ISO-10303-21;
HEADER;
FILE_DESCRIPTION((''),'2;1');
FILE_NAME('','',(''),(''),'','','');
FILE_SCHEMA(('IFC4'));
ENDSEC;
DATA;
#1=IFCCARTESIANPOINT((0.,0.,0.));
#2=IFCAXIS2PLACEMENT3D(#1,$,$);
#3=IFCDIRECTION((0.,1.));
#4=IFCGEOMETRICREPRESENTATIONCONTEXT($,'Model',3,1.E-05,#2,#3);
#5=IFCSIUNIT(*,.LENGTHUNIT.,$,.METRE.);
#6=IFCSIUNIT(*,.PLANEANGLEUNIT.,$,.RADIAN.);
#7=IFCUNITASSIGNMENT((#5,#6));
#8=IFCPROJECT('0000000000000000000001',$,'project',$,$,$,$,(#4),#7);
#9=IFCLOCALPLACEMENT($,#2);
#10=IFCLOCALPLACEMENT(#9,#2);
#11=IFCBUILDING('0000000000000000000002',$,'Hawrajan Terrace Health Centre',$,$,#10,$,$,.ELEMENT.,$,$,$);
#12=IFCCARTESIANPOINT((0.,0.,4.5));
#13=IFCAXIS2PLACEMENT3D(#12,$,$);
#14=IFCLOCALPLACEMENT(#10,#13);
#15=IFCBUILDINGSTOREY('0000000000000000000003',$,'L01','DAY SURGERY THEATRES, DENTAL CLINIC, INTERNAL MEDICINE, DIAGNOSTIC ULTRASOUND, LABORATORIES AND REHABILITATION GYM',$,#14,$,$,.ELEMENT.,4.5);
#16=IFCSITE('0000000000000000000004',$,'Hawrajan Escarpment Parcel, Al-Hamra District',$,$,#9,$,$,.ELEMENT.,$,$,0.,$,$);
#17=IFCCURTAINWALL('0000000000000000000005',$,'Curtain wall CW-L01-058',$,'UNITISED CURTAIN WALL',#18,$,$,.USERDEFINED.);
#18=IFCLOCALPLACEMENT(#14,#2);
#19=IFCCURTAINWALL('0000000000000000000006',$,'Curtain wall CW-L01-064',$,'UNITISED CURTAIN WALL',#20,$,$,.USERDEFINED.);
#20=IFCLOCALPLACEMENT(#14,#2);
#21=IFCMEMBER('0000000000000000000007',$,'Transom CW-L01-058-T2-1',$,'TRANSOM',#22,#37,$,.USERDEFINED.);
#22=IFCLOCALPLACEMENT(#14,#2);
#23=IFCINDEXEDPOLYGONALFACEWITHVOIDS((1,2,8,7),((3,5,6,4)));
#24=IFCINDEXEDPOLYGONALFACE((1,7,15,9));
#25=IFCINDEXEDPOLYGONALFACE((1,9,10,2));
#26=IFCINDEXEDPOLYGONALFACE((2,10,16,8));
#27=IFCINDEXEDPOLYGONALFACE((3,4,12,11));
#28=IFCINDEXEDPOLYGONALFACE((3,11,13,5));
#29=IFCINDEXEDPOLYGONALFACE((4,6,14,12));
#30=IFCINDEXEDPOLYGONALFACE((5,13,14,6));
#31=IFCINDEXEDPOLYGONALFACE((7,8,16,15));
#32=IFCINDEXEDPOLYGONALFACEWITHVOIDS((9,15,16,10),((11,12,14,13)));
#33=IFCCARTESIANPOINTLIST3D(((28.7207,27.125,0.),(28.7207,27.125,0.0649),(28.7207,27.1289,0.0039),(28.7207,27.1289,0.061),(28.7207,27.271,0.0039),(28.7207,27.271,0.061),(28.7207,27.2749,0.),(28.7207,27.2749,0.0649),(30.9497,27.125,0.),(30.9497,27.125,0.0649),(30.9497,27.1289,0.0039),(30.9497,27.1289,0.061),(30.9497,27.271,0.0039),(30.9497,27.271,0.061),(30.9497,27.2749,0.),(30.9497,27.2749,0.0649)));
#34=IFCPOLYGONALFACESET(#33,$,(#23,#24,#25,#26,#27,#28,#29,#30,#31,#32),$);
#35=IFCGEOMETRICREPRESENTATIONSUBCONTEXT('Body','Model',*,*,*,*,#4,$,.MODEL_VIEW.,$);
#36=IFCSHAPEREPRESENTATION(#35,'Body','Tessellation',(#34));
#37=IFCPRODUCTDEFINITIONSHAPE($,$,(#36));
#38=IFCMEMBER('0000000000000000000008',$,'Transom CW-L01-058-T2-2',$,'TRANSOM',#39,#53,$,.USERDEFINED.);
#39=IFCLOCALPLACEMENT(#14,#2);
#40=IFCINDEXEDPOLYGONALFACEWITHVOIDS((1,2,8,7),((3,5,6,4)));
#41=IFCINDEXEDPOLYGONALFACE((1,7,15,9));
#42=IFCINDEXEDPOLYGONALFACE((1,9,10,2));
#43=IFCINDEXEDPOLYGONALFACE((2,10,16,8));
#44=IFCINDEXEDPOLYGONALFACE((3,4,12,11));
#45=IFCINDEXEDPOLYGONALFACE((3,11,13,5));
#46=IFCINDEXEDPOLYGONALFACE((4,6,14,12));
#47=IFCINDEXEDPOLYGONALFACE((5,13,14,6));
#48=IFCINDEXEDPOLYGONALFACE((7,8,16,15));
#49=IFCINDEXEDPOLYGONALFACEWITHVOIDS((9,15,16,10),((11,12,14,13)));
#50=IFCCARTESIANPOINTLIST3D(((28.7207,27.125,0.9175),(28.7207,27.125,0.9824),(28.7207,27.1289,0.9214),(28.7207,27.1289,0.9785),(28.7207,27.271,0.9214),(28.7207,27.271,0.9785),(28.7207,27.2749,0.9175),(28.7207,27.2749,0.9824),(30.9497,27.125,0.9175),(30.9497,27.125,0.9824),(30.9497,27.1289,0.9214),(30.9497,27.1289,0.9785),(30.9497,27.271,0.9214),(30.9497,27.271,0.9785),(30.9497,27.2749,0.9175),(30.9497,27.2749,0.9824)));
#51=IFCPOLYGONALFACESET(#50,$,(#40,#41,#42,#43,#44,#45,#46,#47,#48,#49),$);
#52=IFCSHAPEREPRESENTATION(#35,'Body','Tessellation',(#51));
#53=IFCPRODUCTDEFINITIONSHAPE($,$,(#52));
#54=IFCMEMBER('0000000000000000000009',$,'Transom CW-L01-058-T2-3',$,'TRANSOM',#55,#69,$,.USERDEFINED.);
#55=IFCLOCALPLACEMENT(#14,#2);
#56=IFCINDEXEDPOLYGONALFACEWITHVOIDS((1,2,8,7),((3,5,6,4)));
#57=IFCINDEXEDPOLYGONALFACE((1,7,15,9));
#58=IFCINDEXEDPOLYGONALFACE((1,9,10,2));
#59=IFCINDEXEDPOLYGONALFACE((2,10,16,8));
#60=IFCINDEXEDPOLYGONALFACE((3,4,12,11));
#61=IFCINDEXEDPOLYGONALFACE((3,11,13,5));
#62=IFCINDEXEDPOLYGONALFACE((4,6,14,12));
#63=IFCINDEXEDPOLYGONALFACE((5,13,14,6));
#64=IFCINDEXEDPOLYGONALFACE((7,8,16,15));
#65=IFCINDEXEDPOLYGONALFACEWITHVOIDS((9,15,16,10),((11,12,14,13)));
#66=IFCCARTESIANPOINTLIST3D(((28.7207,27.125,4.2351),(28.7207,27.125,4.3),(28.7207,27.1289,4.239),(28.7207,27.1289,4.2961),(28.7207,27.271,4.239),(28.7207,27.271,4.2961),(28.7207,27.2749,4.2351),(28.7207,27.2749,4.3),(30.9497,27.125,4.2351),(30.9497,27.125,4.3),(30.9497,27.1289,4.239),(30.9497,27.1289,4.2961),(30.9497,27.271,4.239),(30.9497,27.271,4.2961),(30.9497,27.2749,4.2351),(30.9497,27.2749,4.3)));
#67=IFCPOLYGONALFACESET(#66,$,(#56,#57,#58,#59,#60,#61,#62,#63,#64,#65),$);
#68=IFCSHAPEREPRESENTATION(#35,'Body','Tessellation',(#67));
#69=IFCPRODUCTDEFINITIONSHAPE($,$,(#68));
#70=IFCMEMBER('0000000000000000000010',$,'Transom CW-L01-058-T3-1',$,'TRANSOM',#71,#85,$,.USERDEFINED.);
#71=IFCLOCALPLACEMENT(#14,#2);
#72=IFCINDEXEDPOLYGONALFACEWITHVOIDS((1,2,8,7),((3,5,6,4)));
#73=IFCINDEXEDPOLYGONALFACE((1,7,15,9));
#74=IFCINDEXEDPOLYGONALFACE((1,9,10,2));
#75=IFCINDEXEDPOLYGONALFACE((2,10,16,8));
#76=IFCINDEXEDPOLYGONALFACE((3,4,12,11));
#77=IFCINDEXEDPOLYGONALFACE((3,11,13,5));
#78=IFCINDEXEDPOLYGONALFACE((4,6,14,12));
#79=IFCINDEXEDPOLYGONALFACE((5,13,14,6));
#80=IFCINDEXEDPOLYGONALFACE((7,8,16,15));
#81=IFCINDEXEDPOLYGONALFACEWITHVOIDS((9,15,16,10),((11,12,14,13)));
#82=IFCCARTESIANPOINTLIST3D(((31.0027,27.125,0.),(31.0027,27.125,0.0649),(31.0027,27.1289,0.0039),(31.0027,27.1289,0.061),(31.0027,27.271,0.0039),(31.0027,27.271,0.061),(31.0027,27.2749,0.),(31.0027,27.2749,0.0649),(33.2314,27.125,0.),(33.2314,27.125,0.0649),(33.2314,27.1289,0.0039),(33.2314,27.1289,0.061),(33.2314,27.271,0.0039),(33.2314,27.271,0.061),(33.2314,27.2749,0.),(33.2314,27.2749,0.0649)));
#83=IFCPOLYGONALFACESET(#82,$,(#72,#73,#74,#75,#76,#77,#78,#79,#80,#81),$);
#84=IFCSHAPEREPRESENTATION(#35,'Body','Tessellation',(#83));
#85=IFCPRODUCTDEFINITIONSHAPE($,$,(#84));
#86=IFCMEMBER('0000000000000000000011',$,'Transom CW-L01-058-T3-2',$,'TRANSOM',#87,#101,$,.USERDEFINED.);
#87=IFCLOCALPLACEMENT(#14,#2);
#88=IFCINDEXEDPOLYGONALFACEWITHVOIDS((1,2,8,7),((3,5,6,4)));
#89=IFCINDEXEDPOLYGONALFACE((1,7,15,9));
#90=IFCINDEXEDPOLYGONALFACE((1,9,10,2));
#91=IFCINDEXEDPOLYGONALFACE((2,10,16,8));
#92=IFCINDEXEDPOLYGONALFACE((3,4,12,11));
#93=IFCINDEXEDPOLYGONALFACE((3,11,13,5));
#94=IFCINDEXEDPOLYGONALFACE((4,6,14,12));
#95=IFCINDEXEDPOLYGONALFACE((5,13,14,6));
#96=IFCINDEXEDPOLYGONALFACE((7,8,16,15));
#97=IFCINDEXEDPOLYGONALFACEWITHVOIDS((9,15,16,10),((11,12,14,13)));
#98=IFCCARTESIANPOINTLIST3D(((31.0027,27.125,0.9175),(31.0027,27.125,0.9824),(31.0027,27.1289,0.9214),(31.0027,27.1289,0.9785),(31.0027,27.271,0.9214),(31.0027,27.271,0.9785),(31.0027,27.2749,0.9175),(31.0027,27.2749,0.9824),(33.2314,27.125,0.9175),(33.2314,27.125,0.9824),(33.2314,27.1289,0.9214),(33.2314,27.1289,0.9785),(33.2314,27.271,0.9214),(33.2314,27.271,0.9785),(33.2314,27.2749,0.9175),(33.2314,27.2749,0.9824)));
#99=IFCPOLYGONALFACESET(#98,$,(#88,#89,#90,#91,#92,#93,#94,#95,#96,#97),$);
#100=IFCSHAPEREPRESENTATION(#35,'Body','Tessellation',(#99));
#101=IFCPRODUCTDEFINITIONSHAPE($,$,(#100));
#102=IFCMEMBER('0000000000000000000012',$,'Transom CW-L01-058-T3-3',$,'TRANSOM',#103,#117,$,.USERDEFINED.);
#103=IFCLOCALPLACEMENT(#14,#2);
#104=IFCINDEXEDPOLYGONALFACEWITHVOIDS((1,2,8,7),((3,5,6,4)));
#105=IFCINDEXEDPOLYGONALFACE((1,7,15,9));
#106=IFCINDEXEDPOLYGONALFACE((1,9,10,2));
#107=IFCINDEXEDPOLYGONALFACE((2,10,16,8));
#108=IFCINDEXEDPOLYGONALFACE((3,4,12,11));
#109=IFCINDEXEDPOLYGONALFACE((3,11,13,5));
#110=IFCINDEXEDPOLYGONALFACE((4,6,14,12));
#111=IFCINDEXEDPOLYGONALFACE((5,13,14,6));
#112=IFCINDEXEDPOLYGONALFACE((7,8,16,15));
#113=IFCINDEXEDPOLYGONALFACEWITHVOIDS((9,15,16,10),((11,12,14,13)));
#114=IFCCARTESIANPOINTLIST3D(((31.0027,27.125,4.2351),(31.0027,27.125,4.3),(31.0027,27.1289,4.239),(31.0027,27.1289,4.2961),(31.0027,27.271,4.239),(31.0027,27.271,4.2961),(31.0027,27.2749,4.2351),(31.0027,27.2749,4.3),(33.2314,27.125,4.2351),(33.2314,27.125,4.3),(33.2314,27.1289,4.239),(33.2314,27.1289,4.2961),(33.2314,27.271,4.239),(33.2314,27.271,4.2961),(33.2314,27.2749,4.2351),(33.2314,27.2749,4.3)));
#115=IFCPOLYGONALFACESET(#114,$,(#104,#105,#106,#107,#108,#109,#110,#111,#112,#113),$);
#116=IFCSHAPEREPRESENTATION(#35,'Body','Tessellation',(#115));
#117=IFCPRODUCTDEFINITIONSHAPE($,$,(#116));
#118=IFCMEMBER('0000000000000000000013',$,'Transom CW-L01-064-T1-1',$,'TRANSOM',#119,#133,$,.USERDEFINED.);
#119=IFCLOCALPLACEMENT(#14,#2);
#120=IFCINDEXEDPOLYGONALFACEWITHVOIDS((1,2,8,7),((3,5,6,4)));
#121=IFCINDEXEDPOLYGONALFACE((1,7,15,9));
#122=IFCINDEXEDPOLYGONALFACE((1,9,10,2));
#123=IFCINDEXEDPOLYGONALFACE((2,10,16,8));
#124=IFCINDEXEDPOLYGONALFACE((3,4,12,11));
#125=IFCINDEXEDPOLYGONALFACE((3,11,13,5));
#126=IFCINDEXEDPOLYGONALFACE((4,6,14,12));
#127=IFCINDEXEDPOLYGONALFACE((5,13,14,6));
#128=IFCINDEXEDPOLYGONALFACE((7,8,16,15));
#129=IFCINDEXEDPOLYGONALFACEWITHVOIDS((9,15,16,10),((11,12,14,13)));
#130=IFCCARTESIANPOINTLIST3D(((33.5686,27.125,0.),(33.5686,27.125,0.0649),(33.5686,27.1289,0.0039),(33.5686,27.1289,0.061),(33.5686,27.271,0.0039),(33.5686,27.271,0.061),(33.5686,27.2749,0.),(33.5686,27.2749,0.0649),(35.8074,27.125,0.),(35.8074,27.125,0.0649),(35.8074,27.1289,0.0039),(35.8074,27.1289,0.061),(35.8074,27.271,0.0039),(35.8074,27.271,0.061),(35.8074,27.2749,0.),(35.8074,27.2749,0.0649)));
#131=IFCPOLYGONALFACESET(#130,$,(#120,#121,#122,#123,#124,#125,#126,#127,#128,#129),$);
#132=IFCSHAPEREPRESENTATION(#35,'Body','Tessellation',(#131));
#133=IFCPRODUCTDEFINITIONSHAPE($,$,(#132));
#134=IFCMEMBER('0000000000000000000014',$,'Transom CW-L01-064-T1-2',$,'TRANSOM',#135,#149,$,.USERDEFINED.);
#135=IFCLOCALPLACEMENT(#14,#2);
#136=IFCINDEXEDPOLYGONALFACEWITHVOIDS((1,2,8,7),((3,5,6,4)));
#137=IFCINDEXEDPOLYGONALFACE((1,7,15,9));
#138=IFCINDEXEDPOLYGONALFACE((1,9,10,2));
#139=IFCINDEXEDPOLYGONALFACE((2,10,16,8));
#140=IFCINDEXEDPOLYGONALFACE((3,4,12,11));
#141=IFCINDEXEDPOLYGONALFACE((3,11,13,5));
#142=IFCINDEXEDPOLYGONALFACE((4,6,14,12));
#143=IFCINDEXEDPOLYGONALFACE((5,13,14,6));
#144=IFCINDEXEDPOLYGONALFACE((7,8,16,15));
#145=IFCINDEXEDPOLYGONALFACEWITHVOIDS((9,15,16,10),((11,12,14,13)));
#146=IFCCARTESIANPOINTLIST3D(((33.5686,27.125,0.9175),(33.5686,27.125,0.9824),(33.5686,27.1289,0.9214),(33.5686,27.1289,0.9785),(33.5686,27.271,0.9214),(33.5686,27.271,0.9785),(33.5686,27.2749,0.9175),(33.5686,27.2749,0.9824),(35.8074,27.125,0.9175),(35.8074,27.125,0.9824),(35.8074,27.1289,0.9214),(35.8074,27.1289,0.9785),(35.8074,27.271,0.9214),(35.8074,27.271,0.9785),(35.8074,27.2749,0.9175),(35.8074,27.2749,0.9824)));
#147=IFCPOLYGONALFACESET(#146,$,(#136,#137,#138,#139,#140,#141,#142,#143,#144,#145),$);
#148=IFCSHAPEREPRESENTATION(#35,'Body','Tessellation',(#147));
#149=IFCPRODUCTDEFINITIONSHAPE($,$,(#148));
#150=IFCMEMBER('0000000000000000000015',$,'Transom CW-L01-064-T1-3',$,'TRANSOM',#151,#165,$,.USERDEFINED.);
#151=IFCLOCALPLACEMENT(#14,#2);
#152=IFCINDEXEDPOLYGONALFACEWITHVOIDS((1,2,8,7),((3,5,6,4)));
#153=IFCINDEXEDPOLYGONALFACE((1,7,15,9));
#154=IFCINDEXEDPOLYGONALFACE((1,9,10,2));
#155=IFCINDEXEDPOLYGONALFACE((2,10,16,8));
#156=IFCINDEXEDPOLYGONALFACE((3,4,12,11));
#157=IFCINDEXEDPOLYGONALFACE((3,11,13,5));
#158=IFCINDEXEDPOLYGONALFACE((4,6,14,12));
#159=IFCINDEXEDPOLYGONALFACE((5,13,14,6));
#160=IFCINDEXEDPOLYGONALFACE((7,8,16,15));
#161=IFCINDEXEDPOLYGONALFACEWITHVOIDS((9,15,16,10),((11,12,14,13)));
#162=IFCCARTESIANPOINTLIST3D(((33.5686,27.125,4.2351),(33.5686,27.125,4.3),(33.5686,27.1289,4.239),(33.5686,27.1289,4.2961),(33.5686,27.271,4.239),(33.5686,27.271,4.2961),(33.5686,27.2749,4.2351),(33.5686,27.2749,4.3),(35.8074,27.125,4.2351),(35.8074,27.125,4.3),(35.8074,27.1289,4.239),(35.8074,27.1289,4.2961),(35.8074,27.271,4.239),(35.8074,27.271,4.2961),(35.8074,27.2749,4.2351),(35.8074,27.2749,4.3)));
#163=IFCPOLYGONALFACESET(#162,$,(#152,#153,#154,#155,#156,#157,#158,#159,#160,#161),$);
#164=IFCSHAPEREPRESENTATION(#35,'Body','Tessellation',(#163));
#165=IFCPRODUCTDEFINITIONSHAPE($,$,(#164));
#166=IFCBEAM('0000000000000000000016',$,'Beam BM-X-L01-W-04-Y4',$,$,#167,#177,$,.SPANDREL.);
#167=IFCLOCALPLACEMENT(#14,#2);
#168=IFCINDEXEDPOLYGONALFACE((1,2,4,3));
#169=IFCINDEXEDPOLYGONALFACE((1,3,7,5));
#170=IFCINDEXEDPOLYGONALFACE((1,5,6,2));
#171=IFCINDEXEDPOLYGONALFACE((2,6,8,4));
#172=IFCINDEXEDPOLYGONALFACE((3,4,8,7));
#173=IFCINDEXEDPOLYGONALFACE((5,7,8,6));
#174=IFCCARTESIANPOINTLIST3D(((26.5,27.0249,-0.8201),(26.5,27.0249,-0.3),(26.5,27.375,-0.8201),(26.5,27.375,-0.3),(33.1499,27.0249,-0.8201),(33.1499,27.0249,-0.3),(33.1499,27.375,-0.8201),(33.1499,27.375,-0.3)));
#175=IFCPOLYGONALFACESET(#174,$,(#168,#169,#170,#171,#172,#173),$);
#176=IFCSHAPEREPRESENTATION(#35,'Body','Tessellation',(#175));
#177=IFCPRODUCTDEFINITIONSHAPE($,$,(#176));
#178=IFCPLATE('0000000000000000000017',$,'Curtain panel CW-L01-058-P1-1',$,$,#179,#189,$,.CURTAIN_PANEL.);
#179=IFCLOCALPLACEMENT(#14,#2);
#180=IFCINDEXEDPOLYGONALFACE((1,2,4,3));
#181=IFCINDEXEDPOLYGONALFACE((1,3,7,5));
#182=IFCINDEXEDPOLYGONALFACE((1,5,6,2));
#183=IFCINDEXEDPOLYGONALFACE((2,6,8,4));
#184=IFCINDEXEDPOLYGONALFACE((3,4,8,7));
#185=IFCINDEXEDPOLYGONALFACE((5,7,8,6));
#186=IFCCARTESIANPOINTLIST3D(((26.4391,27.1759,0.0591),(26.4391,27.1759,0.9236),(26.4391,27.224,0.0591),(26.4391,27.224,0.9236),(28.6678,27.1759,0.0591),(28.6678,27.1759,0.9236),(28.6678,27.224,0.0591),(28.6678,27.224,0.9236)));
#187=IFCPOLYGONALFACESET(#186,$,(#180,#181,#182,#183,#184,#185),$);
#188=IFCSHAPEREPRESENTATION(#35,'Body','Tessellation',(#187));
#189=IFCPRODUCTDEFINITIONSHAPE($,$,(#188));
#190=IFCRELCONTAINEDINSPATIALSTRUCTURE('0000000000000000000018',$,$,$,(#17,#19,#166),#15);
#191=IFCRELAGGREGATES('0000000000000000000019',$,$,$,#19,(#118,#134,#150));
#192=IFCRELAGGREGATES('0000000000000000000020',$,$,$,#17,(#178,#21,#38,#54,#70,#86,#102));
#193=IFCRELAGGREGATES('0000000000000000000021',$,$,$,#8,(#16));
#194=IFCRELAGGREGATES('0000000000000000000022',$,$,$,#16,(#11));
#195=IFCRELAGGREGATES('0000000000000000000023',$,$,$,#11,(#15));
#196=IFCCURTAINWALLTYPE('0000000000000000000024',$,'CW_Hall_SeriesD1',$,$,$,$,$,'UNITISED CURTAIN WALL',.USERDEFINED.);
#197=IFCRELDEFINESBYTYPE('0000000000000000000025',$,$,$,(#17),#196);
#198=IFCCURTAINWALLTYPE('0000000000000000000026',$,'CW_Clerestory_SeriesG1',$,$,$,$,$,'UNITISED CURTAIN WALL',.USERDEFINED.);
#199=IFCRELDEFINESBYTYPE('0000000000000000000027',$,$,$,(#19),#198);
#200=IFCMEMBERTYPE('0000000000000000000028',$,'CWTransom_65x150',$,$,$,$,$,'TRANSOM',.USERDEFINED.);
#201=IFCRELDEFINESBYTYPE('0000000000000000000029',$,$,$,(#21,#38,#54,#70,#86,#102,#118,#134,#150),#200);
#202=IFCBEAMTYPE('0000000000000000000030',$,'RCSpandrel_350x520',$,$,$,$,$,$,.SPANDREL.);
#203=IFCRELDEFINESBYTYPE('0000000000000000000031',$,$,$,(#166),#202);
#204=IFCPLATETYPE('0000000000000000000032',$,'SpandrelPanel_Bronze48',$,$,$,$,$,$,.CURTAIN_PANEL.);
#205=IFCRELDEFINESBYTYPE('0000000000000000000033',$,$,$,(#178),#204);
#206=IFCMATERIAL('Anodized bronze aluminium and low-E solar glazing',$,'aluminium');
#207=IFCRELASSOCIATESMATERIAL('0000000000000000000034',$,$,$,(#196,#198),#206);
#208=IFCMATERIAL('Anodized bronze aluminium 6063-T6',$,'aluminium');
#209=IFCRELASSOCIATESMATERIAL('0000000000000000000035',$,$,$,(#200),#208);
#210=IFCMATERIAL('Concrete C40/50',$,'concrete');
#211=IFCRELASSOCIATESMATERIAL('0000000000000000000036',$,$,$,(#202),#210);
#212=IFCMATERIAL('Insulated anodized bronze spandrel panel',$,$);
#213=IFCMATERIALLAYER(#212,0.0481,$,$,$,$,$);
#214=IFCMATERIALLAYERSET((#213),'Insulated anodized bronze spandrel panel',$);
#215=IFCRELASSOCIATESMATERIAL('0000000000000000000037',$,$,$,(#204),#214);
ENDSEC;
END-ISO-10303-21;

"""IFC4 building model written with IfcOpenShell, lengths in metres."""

from ifc_helpers import new_model, si_unit, direction, frame, origin, origin_2d, place, context, subcontext, project, spatial, rectangle, hollow_rectangle, extrude, material, layer, layer_set, material_profile, profile_set, type_object, element, aggregate, save


model = new_model("IFC4")

# Units and contexts
model_context = context("Model", 3, precision=1e-05, world=origin(), true_north=direction((0.0, 1.0)))
body_context = subcontext(model_context, "Body", "Model", "MODEL_VIEW")
ifc_project = project(units=[si_unit("LENGTHUNIT", "METRE"), si_unit("PLANEANGLEUNIT", "RADIAN")], contexts=[model_context])

# Site, building, storey
site_placement = place(None, origin())
site = spatial("IfcSite", under=ifc_project, at=site_placement, Name="Hawrajan Escarpment Parcel, Al-Hamra District", CompositionType="ELEMENT", RefElevation=0.0)
building_placement = place(site_placement, origin())
building = spatial("IfcBuilding", under=site, at=building_placement, Name="Hawrajan Terrace Health Centre", CompositionType="ELEMENT")
storey_placement = place(building_placement, frame((0.0, 0.0, 4.5)))
storey = spatial("IfcBuildingStorey", under=building, at=storey_placement, Name="L01", Description="DAY SURGERY THEATRES, DENTAL CLINIC, INTERNAL MEDICINE, DIAGNOSTIC ULTRASOUND, LABORATORIES AND REHABILITATION GYM", CompositionType="ELEMENT", Elevation=4.5)

# Shared definitions
ifc_material_1 = material(Name="Anodized bronze aluminium and low-E solar glazing", Category="aluminium")
ifc_material_2 = material(Name="Anodized bronze aluminium 6063-T6", Category="aluminium")

# Curtain wall
curtain_wall_type_1 = type_object("IfcCurtainWallType", Name="CW_Hall_SeriesD1", ElementType="UNITISED CURTAIN WALL", PredefinedType="USERDEFINED", material=ifc_material_1)
curtain_wall_1_placement = place(storey_placement, origin())
curtain_wall_1 = element("IfcCurtainWall", 1, at=curtain_wall_1_placement, inside=storey, type_object=curtain_wall_type_1, Name="Curtain wall CW-L01-058", ObjectType="UNITISED CURTAIN WALL", PredefinedType="USERDEFINED")

# Curtain wall
curtain_wall_type_2 = type_object("IfcCurtainWallType", Name="CW_Clerestory_SeriesG1", ElementType="UNITISED CURTAIN WALL", PredefinedType="USERDEFINED", material=ifc_material_1)
curtain_wall_2_placement = place(storey_placement, origin())
curtain_wall_2 = element("IfcCurtainWall", 2, at=curtain_wall_2_placement, inside=storey, type_object=curtain_wall_type_2, Name="Curtain wall CW-L01-064", ObjectType="UNITISED CURTAIN WALL", PredefinedType="USERDEFINED")

# Members
ifc_material_profile_1 = material_profile(ifc_material_2, hollow_rectangle(XDim=0.0649, YDim=0.1499, WallThickness=0.0039, at=origin_2d()), Name="CW TRN 65x150")
ifc_profile_set_1 = profile_set([ifc_material_profile_1], Name="Anodized bronze aluminium 6063-T6")
member_type_1 = type_object("IfcMemberType", Name="CWTransom_65x150", ElementType="TRANSOM", PredefinedType="USERDEFINED", material=ifc_profile_set_1)
member_1_placement = place(storey_placement, frame((28.7207, 27.2, 0.0325), z_axis=(1.0, 0.0, 0.0), x_axis=(0.0, 0.0, 1.0)))
member_1 = element("IfcMember", 3, at=member_1_placement, type_object=member_type_1, Name="Transom CW-L01-058-T2-1", ObjectType="TRANSOM", PredefinedType="USERDEFINED", context=body_context, shape_type="SweptSolid", body=[
    extrude(hollow_rectangle(XDim=0.0649, YDim=0.1499, WallThickness=0.0039, at=origin_2d()), origin(), (0.0, 0.0, 1.0), 2.229),
])
member_2_placement = place(storey_placement, frame((28.7207, 27.2, 0.95), z_axis=(1.0, 0.0, 0.0), x_axis=(0.0, 0.0, 1.0)))
member_2 = element("IfcMember", 4, at=member_2_placement, type_object=member_type_1, Name="Transom CW-L01-058-T2-2", ObjectType="TRANSOM", PredefinedType="USERDEFINED", context=body_context, shape_type="SweptSolid", body=[
    extrude(hollow_rectangle(XDim=0.0649, YDim=0.1499, WallThickness=0.0039, at=origin_2d()), origin(), (0.0, 0.0, 1.0), 2.229),
])
member_3_placement = place(storey_placement, frame((28.7207, 27.2, 4.2676), z_axis=(1.0, 0.0, 0.0), x_axis=(0.0, 0.0, 1.0)))
member_3 = element("IfcMember", 5, at=member_3_placement, type_object=member_type_1, Name="Transom CW-L01-058-T2-3", ObjectType="TRANSOM", PredefinedType="USERDEFINED", context=body_context, shape_type="SweptSolid", body=[
    extrude(hollow_rectangle(XDim=0.0649, YDim=0.1499, WallThickness=0.0039, at=origin_2d()), origin(), (0.0, 0.0, 1.0), 2.229),
])
member_4_placement = place(storey_placement, frame((31.0027, 27.2, 0.0325), z_axis=(1.0, 0.0, 0.0), x_axis=(0.0, 0.0, 1.0)))
member_4 = element("IfcMember", 6, at=member_4_placement, type_object=member_type_1, Name="Transom CW-L01-058-T3-1", ObjectType="TRANSOM", PredefinedType="USERDEFINED", context=body_context, shape_type="SweptSolid", body=[
    extrude(hollow_rectangle(XDim=0.0649, YDim=0.1499, WallThickness=0.0039, at=origin_2d()), origin(), (0.0, 0.0, 1.0), 2.2288),
])
member_5_placement = place(storey_placement, frame((31.0027, 27.2, 0.95), z_axis=(1.0, 0.0, 0.0), x_axis=(0.0, 0.0, 1.0)))
member_5 = element("IfcMember", 7, at=member_5_placement, type_object=member_type_1, Name="Transom CW-L01-058-T3-2", ObjectType="TRANSOM", PredefinedType="USERDEFINED", context=body_context, shape_type="SweptSolid", body=[
    extrude(hollow_rectangle(XDim=0.0649, YDim=0.1499, WallThickness=0.0039, at=origin_2d()), origin(), (0.0, 0.0, 1.0), 2.2288),
])
member_6_placement = place(storey_placement, frame((31.0027, 27.2, 4.2676), z_axis=(1.0, 0.0, 0.0), x_axis=(0.0, 0.0, 1.0)))
member_6 = element("IfcMember", 8, at=member_6_placement, type_object=member_type_1, Name="Transom CW-L01-058-T3-3", ObjectType="TRANSOM", PredefinedType="USERDEFINED", context=body_context, shape_type="SweptSolid", body=[
    extrude(hollow_rectangle(XDim=0.0649, YDim=0.1499, WallThickness=0.0039, at=origin_2d()), origin(), (0.0, 0.0, 1.0), 2.2288),
])
member_7_placement = place(storey_placement, frame((33.5686, 27.2, 0.0325), z_axis=(1.0, 0.0, 0.0), x_axis=(0.0, 0.0, 1.0)))
member_7 = element("IfcMember", 9, at=member_7_placement, type_object=member_type_1, Name="Transom CW-L01-064-T1-1", ObjectType="TRANSOM", PredefinedType="USERDEFINED", context=body_context, shape_type="SweptSolid", body=[
    extrude(hollow_rectangle(XDim=0.0649, YDim=0.1499, WallThickness=0.0039, at=origin_2d()), origin(), (0.0, 0.0, 1.0), 2.2388),
])
member_8_placement = place(storey_placement, frame((33.5686, 27.2, 0.95), z_axis=(1.0, 0.0, 0.0), x_axis=(0.0, 0.0, 1.0)))
member_8 = element("IfcMember", 10, at=member_8_placement, type_object=member_type_1, Name="Transom CW-L01-064-T1-2", ObjectType="TRANSOM", PredefinedType="USERDEFINED", context=body_context, shape_type="SweptSolid", body=[
    extrude(hollow_rectangle(XDim=0.0649, YDim=0.1499, WallThickness=0.0039, at=origin_2d()), origin(), (0.0, 0.0, 1.0), 2.2388),
])
member_9_placement = place(storey_placement, frame((33.5686, 27.2, 4.2676), z_axis=(1.0, 0.0, 0.0), x_axis=(0.0, 0.0, 1.0)))
member_9 = element("IfcMember", 11, at=member_9_placement, type_object=member_type_1, Name="Transom CW-L01-064-T1-3", ObjectType="TRANSOM", PredefinedType="USERDEFINED", context=body_context, shape_type="SweptSolid", body=[
    extrude(hollow_rectangle(XDim=0.0649, YDim=0.1499, WallThickness=0.0039, at=origin_2d()), origin(), (0.0, 0.0, 1.0), 2.2388),
])
aggregate(curtain_wall_2, [member_7, member_8, member_9])

# Beam
ifc_material_3 = material(Name="Concrete C40/50", Category="concrete")
ifc_material_profile_2 = material_profile(ifc_material_3, rectangle(XDim=0.3501, YDim=0.52, at=origin_2d()), Name="RC SP 350x520")
ifc_profile_set_2 = profile_set([ifc_material_profile_2], Name="Concrete C40/50")
beam_type = type_object("IfcBeamType", Name="RCSpandrel_350x520", PredefinedType="SPANDREL", material=ifc_profile_set_2)
beam_placement = place(storey_placement, frame((26.5, 27.2, -0.5601), z_axis=(1.0, 0.0, 0.0), x_axis=(0.0, 1.0, 0.0)))
element("IfcBeam", 12, at=beam_placement, inside=storey, type_object=beam_type, Name="Beam BM-X-L01-W-04-Y4", PredefinedType="SPANDREL", context=body_context, shape_type="SweptSolid", body=[
    extrude(rectangle(XDim=0.3501, YDim=0.52, at=origin_2d()), origin(), (0.0, 0.0, 1.0), 6.6499),
])

# Plate
ifc_material_4 = material(Name="Insulated anodized bronze spandrel panel")
ifc_layer_1 = layer(ifc_material_4, 0.0481)
ifc_layer_set_1 = layer_set([ifc_layer_1], Name="Insulated anodized bronze spandrel panel")
plate_type_1 = type_object("IfcPlateType", Name="SpandrelPanel_Bronze48", PredefinedType="CURTAIN_PANEL", material=ifc_layer_set_1)
plate_1_placement = place(storey_placement, frame((27.5535, 27.2, 0.0591), z_axis=(0.0, 0.0, 1.0), x_axis=(1.0, 0.0, 0.0)))
plate_1 = element("IfcPlate", 13, at=plate_1_placement, type_object=plate_type_1, Name="Curtain panel CW-L01-058-P1-1", PredefinedType="CURTAIN_PANEL", context=body_context, shape_type="SweptSolid", body=[
    extrude(rectangle(XDim=2.2288, YDim=0.0481, at=origin_2d()), origin(), (0.0, 0.0, 1.0), 0.8645),
])
aggregate(curtain_wall_1, [plate_1, member_1, member_2, member_3, member_4, member_5, member_6])

save(model, "model.ifc")
